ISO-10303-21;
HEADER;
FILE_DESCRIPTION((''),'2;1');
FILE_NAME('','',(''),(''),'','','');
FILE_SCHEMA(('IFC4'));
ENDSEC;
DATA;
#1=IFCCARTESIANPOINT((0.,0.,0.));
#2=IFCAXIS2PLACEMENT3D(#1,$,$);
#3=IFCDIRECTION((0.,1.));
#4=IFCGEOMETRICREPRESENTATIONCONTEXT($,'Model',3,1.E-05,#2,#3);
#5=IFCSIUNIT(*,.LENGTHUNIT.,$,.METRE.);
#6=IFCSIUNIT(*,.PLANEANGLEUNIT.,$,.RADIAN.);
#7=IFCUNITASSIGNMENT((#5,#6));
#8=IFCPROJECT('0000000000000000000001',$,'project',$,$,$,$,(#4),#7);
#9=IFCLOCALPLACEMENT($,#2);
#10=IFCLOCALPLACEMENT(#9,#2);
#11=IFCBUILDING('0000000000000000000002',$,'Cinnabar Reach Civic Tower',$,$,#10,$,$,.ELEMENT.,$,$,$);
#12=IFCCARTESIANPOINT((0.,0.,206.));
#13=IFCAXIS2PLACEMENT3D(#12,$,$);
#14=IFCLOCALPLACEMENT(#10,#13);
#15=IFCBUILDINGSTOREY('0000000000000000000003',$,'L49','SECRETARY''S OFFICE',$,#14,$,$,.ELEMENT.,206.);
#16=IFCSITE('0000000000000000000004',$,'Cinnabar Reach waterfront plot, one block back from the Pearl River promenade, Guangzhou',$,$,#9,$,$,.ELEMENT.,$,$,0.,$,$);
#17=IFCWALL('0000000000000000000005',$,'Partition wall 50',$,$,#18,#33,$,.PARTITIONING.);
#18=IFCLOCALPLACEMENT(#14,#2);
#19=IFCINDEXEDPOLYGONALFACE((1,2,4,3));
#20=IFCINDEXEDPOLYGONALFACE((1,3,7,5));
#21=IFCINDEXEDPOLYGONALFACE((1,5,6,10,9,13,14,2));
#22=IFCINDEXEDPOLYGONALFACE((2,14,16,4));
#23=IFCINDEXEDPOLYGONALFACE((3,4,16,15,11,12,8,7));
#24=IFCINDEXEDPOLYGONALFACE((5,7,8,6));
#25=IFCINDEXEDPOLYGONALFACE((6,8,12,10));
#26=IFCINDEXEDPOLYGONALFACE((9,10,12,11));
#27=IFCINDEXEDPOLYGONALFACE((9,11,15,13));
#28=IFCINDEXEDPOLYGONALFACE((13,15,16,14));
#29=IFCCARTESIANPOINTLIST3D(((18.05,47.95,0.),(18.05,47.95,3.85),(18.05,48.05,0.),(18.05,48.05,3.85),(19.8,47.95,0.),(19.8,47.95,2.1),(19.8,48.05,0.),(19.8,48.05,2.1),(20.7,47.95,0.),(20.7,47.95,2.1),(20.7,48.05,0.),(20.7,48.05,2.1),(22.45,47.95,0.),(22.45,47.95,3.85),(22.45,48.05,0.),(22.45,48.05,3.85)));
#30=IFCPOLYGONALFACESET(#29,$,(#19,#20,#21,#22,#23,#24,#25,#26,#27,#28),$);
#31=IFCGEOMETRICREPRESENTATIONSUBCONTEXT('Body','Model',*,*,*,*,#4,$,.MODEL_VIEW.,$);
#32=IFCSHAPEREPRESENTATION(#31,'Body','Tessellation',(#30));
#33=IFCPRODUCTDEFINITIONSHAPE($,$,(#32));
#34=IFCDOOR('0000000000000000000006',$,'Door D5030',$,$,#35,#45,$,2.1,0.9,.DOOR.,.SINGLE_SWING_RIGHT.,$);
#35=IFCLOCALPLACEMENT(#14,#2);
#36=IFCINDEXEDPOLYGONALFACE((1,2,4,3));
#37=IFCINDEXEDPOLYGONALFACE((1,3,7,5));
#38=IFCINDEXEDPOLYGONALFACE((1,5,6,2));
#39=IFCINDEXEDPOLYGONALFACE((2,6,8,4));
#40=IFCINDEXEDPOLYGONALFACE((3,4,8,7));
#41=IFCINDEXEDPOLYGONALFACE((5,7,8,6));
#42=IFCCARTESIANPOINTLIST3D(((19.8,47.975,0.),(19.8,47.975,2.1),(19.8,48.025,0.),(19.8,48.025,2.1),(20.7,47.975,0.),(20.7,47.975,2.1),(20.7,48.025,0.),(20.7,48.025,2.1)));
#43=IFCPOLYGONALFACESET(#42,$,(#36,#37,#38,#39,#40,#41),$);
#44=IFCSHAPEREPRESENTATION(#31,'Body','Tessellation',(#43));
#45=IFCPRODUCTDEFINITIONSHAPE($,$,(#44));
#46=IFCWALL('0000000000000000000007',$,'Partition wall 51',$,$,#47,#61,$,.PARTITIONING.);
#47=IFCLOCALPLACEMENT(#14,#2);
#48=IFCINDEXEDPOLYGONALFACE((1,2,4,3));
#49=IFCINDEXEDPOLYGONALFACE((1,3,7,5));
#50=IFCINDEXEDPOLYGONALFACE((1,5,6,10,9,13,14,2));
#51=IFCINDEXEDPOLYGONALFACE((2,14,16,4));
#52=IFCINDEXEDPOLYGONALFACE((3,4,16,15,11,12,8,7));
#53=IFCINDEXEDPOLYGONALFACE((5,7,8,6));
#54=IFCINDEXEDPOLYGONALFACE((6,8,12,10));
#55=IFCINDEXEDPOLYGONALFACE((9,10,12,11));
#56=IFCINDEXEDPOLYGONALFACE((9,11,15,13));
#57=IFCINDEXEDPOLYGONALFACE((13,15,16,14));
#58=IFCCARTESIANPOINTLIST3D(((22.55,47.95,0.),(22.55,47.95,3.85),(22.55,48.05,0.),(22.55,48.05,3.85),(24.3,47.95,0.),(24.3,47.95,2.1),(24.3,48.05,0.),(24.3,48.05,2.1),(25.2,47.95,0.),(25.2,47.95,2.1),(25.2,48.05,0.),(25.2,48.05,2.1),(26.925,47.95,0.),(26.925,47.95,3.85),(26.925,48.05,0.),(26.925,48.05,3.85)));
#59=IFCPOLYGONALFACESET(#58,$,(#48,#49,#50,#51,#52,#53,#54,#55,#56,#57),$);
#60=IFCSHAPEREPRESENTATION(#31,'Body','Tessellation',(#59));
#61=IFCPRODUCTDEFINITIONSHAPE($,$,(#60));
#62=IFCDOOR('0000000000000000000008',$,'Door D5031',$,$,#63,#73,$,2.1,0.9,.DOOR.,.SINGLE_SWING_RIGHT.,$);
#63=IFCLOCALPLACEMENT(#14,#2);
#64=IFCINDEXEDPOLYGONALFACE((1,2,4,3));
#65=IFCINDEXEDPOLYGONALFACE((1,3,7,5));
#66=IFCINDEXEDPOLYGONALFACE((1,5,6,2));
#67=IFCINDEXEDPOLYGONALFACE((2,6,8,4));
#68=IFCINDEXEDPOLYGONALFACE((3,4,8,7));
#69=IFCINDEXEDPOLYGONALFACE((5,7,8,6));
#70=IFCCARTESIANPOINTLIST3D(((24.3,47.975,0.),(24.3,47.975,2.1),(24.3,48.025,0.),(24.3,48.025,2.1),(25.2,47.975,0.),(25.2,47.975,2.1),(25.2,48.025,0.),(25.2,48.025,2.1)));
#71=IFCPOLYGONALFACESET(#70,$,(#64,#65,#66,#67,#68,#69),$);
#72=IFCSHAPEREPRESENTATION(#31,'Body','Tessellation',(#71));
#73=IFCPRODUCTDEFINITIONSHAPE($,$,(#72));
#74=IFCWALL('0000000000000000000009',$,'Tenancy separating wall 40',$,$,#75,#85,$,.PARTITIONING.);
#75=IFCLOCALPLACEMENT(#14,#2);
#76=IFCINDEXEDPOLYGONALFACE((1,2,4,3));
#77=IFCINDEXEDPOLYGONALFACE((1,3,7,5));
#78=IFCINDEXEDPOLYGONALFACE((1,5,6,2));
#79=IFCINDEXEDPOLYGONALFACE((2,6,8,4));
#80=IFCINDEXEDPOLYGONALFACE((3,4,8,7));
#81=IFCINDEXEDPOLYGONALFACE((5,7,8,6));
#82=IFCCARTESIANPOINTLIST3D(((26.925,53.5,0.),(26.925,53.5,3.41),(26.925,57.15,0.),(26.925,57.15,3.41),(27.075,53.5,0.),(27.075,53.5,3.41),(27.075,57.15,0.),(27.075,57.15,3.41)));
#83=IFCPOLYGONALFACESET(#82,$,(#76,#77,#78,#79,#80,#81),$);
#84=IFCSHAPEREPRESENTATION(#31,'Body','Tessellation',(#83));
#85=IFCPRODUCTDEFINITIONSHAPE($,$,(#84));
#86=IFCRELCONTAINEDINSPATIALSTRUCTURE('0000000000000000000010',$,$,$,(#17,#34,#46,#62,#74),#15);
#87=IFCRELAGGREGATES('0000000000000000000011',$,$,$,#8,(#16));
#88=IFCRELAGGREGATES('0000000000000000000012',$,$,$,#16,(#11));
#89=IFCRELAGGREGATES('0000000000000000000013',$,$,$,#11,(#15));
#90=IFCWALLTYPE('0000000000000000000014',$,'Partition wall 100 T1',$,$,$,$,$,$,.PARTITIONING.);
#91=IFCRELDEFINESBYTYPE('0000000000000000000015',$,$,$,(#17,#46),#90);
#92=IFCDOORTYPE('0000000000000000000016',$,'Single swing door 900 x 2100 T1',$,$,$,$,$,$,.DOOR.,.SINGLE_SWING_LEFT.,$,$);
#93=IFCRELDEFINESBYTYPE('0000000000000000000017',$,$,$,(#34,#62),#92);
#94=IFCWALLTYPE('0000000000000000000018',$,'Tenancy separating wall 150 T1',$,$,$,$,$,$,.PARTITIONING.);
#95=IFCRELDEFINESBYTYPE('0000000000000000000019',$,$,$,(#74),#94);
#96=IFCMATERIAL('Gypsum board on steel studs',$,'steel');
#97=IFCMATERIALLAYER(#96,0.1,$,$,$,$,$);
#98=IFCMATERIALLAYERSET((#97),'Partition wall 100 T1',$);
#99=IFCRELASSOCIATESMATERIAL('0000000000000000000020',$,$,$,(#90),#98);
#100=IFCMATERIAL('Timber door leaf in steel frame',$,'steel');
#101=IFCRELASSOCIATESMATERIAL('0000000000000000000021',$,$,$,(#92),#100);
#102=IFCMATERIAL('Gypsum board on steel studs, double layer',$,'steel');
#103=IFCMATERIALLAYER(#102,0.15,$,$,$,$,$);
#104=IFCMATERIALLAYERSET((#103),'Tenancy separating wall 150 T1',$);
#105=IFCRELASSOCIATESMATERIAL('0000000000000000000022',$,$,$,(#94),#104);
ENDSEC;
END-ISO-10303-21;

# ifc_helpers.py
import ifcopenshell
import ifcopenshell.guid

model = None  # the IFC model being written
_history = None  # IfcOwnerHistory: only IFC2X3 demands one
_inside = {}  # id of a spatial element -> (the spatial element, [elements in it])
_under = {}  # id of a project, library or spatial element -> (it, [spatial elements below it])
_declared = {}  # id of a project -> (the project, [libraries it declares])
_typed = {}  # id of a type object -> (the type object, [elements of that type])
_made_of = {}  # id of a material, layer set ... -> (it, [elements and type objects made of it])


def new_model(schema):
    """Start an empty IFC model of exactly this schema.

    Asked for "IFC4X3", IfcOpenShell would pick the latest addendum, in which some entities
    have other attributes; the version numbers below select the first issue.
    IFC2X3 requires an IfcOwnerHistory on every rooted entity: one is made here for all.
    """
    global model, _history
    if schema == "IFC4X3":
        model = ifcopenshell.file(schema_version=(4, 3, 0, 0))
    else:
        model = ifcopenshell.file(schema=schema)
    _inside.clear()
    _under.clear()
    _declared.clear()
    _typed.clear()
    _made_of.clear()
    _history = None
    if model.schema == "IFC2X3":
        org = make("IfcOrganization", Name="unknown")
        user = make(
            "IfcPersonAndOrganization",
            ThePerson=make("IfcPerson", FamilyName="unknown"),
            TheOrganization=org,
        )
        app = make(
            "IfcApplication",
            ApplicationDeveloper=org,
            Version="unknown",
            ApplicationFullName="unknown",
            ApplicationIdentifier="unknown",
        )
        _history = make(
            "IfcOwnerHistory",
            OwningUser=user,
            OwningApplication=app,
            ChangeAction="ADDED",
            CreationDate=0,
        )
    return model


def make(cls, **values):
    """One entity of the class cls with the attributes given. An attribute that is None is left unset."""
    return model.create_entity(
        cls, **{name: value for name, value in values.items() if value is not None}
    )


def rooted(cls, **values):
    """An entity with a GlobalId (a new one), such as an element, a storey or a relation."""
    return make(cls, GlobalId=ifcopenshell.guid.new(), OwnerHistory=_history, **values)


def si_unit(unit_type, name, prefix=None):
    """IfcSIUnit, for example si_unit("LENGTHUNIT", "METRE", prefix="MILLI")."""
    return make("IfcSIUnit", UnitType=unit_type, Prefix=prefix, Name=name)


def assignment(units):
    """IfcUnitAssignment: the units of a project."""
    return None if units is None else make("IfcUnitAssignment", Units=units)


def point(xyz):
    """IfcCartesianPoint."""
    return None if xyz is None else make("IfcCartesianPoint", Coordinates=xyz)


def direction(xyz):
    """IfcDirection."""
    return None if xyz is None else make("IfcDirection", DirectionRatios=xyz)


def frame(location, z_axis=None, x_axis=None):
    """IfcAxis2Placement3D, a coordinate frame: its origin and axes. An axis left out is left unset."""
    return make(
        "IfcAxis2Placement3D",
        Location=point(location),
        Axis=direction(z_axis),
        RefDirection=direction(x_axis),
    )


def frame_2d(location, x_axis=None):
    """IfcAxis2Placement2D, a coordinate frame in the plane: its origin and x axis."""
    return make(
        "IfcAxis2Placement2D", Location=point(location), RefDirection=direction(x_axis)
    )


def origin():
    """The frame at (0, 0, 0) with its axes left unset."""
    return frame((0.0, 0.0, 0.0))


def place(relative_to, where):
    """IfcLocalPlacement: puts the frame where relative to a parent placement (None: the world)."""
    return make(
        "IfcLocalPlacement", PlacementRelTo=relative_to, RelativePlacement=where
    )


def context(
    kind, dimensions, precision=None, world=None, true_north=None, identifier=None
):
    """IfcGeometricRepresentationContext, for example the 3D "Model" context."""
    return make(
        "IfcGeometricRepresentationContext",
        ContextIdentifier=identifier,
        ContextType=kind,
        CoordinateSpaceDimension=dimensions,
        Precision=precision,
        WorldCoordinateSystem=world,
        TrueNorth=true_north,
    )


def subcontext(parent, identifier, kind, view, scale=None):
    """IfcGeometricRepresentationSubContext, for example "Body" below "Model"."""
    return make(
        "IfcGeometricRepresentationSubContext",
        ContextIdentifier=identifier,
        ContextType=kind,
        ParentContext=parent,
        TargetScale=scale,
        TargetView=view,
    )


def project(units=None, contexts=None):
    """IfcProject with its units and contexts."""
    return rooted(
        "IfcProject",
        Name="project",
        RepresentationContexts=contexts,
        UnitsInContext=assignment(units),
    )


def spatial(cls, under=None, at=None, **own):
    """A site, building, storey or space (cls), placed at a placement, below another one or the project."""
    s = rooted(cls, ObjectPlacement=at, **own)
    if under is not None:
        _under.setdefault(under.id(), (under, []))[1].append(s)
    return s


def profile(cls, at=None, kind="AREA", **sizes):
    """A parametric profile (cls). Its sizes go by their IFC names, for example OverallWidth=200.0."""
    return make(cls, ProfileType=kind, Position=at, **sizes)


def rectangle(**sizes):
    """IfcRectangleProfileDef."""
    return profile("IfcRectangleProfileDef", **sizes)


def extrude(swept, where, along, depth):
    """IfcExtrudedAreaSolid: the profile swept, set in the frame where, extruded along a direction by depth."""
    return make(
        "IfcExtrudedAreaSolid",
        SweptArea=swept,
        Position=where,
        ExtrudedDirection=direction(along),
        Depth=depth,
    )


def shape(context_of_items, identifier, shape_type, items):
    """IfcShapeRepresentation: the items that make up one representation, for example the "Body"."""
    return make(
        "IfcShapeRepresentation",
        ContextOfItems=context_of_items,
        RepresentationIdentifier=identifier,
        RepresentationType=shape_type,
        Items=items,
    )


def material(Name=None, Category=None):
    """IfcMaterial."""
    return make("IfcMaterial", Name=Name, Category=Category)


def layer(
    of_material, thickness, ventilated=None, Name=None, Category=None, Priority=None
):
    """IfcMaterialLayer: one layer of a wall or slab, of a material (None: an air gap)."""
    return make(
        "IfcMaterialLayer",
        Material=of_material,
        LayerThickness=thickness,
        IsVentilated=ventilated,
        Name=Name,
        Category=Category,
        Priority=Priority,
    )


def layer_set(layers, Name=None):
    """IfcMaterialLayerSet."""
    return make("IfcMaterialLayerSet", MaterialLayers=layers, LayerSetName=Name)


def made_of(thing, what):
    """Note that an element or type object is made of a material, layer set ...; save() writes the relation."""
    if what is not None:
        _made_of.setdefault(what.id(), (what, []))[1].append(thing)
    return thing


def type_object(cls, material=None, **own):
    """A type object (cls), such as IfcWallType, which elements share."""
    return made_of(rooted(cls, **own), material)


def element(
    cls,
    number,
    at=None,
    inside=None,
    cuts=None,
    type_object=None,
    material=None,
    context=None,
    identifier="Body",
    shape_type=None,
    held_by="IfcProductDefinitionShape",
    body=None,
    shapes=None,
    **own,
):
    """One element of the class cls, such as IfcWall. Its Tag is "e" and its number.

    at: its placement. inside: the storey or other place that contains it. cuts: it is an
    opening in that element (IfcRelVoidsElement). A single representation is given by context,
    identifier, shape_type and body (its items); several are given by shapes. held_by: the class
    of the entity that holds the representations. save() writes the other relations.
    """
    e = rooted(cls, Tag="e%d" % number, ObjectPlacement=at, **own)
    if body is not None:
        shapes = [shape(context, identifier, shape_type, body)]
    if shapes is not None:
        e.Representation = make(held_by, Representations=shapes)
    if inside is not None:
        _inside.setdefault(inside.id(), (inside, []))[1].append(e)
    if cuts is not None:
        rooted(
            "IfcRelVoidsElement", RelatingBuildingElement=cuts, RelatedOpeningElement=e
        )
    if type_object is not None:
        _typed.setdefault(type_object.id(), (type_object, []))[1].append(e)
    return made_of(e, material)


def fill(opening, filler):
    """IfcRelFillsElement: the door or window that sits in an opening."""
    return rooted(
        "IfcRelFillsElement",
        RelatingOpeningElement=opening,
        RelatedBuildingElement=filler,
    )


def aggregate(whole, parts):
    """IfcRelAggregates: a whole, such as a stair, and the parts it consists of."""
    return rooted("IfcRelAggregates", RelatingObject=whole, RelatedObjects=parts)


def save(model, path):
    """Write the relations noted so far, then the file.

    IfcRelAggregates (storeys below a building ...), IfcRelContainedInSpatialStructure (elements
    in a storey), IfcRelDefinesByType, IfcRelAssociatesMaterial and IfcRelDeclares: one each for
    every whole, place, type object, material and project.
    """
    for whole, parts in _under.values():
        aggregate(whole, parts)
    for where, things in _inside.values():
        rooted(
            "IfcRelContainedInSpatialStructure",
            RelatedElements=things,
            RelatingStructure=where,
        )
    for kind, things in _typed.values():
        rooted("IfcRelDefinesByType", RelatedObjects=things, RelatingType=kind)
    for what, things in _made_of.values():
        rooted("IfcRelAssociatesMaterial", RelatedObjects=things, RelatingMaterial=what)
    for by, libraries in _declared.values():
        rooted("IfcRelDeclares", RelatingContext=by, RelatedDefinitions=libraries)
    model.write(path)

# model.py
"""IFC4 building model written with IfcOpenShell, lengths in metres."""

from ifc_helpers import new_model, si_unit, direction, frame, frame_2d, origin, place, context, subcontext, project, spatial, rectangle, extrude, material, layer, layer_set, type_object, element, fill, save


model = new_model("IFC4")

# Units and contexts
model_context = context("Model", 3, precision=1e-05, world=origin(), true_north=direction((0.0, 1.0)))
body_context = subcontext(model_context, "Body", "Model", "MODEL_VIEW")
ifc_project = project(units=[si_unit("LENGTHUNIT", "METRE"), si_unit("PLANEANGLEUNIT", "RADIAN")], contexts=[model_context])

# Site, building, storey
site_placement = place(None, origin())
site = spatial("IfcSite", under=ifc_project, at=site_placement, Name="Cinnabar Reach waterfront plot, one block back from the Pearl River promenade, Guangzhou", CompositionType="ELEMENT", RefElevation=0.0)
building_placement = place(site_placement, origin())
building = spatial("IfcBuilding", under=site, at=building_placement, Name="Cinnabar Reach Civic Tower", CompositionType="ELEMENT")
storey_placement = place(building_placement, frame((0.0, 0.0, 206.0)))
storey = spatial("IfcBuildingStorey", under=building, at=storey_placement, Name="L49", Description="SECRETARY'S OFFICE", CompositionType="ELEMENT", Elevation=206.0)

# Shared definitions
ifc_material_1 = material(Name="Gypsum board on steel studs", Category="steel")
ifc_layer_1 = layer(ifc_material_1, 0.1)
ifc_layer_set_1 = layer_set([ifc_layer_1], Name="Partition wall 100 T1")
wall_type_1 = type_object("IfcWallType", Name="Partition wall 100 T1", PredefinedType="PARTITIONING", material=ifc_layer_set_1)

# Walls, openings, doors
wall_1_placement = place(storey_placement, frame((18.05, 48.0, 0.0), z_axis=(0.0, 0.0, 1.0), x_axis=(1.0, 0.0, 0.0)))
wall_1 = element("IfcWall", 1, at=wall_1_placement, inside=storey, type_object=wall_type_1, Name="Partition wall 50", PredefinedType="PARTITIONING", context=body_context, shape_type="SweptSolid", body=[
    extrude(rectangle(XDim=4.4, YDim=0.1, at=frame_2d((2.2, 0.0))), origin(), (0.0, 0.0, 1.0), 3.85),
])
opening_1_placement = place(wall_1_placement, frame((1.75, 0.0, 0.0)))
opening_1 = element("IfcOpeningElement", 2, at=opening_1_placement, cuts=wall_1, PredefinedType="OPENING", context=body_context, shape_type="SweptSolid", body=[
    extrude(rectangle(XDim=0.9, YDim=2.1, at=frame_2d((0.45, 1.05))), frame((0.0, 0.06, 0.0), z_axis=(0.0, -1.0, 0.0), x_axis=(1.0, 0.0, 0.0)), (0.0, 0.0, 1.0), 0.12),
])
ifc_material_2 = material(Name="Timber door leaf in steel frame", Category="steel")
door_type = type_object("IfcDoorType", Name="Single swing door 900 x 2100 T1", OperationType="SINGLE_SWING_LEFT", PredefinedType="DOOR", material=ifc_material_2)
door_1_placement = place(opening_1_placement, frame((0.9, 0.0, 0.0), z_axis=(0.0, 0.0, 1.0), x_axis=(-1.0, 0.0, 0.0)))
door_1 = element("IfcDoor", 3, at=door_1_placement, inside=storey, type_object=door_type, Name="Door D5030", OperationType="SINGLE_SWING_RIGHT", OverallHeight=2.1, OverallWidth=0.9, PredefinedType="DOOR", context=body_context, shape_type="SweptSolid", body=[
    extrude(rectangle(XDim=0.9, YDim=2.1, at=frame_2d((0.45, 1.05))), frame((0.0, 0.025, 0.0), z_axis=(0.0, -1.0, 0.0), x_axis=(1.0, 0.0, 0.0)), (0.0, 0.0, 1.0), 0.05),
])
fill(opening_1, door_1)
wall_2_placement = place(storey_placement, frame((22.55, 48.0, 0.0), z_axis=(0.0, 0.0, 1.0), x_axis=(1.0, 0.0, 0.0)))
wall_2 = element("IfcWall", 4, at=wall_2_placement, inside=storey, type_object=wall_type_1, Name="Partition wall 51", PredefinedType="PARTITIONING", context=body_context, shape_type="SweptSolid", body=[
    extrude(rectangle(XDim=4.375, YDim=0.1, at=frame_2d((2.1875, 0.0))), origin(), (0.0, 0.0, 1.0), 3.85),
])
opening_2_placement = place(wall_2_placement, frame((1.75, 0.0, 0.0)))
opening_2 = element("IfcOpeningElement", 5, at=opening_2_placement, cuts=wall_2, PredefinedType="OPENING", context=body_context, shape_type="SweptSolid", body=[
    extrude(rectangle(XDim=0.9, YDim=2.1, at=frame_2d((0.45, 1.05))), frame((0.0, 0.06, 0.0), z_axis=(0.0, -1.0, 0.0), x_axis=(1.0, 0.0, 0.0)), (0.0, 0.0, 1.0), 0.12),
])
door_2_placement = place(opening_2_placement, frame((0.9, 0.0, 0.0), z_axis=(0.0, 0.0, 1.0), x_axis=(-1.0, 0.0, 0.0)))
door_2 = element("IfcDoor", 6, at=door_2_placement, inside=storey, type_object=door_type, Name="Door D5031", OperationType="SINGLE_SWING_RIGHT", OverallHeight=2.1, OverallWidth=0.9, PredefinedType="DOOR", context=body_context, shape_type="SweptSolid", body=[
    extrude(rectangle(XDim=0.9, YDim=2.1, at=frame_2d((0.45, 1.05))), frame((0.0, 0.025, 0.0), z_axis=(0.0, -1.0, 0.0), x_axis=(1.0, 0.0, 0.0)), (0.0, 0.0, 1.0), 0.05),
])
fill(opening_2, door_2)

# Wall
ifc_material_3 = material(Name="Gypsum board on steel studs, double layer", Category="steel")
ifc_layer_2 = layer(ifc_material_3, 0.15)
ifc_layer_set_2 = layer_set([ifc_layer_2], Name="Tenancy separating wall 150 T1")
wall_type_2 = type_object("IfcWallType", Name="Tenancy separating wall 150 T1", PredefinedType="PARTITIONING", material=ifc_layer_set_2)
wall_3_placement = place(storey_placement, frame((27.0, 53.5, 0.0), z_axis=(0.0, 0.0, 1.0), x_axis=(0.0, 1.0, 0.0)))
element("IfcWall", 7, at=wall_3_placement, inside=storey, type_object=wall_type_2, Name="Tenancy separating wall 40", PredefinedType="PARTITIONING", context=body_context, shape_type="SweptSolid", body=[
    extrude(rectangle(XDim=3.65, YDim=0.15, at=frame_2d((1.825, 0.0))), origin(), (0.0, 0.0, 1.0), 3.41),
])

save(model, "model.ifc")
